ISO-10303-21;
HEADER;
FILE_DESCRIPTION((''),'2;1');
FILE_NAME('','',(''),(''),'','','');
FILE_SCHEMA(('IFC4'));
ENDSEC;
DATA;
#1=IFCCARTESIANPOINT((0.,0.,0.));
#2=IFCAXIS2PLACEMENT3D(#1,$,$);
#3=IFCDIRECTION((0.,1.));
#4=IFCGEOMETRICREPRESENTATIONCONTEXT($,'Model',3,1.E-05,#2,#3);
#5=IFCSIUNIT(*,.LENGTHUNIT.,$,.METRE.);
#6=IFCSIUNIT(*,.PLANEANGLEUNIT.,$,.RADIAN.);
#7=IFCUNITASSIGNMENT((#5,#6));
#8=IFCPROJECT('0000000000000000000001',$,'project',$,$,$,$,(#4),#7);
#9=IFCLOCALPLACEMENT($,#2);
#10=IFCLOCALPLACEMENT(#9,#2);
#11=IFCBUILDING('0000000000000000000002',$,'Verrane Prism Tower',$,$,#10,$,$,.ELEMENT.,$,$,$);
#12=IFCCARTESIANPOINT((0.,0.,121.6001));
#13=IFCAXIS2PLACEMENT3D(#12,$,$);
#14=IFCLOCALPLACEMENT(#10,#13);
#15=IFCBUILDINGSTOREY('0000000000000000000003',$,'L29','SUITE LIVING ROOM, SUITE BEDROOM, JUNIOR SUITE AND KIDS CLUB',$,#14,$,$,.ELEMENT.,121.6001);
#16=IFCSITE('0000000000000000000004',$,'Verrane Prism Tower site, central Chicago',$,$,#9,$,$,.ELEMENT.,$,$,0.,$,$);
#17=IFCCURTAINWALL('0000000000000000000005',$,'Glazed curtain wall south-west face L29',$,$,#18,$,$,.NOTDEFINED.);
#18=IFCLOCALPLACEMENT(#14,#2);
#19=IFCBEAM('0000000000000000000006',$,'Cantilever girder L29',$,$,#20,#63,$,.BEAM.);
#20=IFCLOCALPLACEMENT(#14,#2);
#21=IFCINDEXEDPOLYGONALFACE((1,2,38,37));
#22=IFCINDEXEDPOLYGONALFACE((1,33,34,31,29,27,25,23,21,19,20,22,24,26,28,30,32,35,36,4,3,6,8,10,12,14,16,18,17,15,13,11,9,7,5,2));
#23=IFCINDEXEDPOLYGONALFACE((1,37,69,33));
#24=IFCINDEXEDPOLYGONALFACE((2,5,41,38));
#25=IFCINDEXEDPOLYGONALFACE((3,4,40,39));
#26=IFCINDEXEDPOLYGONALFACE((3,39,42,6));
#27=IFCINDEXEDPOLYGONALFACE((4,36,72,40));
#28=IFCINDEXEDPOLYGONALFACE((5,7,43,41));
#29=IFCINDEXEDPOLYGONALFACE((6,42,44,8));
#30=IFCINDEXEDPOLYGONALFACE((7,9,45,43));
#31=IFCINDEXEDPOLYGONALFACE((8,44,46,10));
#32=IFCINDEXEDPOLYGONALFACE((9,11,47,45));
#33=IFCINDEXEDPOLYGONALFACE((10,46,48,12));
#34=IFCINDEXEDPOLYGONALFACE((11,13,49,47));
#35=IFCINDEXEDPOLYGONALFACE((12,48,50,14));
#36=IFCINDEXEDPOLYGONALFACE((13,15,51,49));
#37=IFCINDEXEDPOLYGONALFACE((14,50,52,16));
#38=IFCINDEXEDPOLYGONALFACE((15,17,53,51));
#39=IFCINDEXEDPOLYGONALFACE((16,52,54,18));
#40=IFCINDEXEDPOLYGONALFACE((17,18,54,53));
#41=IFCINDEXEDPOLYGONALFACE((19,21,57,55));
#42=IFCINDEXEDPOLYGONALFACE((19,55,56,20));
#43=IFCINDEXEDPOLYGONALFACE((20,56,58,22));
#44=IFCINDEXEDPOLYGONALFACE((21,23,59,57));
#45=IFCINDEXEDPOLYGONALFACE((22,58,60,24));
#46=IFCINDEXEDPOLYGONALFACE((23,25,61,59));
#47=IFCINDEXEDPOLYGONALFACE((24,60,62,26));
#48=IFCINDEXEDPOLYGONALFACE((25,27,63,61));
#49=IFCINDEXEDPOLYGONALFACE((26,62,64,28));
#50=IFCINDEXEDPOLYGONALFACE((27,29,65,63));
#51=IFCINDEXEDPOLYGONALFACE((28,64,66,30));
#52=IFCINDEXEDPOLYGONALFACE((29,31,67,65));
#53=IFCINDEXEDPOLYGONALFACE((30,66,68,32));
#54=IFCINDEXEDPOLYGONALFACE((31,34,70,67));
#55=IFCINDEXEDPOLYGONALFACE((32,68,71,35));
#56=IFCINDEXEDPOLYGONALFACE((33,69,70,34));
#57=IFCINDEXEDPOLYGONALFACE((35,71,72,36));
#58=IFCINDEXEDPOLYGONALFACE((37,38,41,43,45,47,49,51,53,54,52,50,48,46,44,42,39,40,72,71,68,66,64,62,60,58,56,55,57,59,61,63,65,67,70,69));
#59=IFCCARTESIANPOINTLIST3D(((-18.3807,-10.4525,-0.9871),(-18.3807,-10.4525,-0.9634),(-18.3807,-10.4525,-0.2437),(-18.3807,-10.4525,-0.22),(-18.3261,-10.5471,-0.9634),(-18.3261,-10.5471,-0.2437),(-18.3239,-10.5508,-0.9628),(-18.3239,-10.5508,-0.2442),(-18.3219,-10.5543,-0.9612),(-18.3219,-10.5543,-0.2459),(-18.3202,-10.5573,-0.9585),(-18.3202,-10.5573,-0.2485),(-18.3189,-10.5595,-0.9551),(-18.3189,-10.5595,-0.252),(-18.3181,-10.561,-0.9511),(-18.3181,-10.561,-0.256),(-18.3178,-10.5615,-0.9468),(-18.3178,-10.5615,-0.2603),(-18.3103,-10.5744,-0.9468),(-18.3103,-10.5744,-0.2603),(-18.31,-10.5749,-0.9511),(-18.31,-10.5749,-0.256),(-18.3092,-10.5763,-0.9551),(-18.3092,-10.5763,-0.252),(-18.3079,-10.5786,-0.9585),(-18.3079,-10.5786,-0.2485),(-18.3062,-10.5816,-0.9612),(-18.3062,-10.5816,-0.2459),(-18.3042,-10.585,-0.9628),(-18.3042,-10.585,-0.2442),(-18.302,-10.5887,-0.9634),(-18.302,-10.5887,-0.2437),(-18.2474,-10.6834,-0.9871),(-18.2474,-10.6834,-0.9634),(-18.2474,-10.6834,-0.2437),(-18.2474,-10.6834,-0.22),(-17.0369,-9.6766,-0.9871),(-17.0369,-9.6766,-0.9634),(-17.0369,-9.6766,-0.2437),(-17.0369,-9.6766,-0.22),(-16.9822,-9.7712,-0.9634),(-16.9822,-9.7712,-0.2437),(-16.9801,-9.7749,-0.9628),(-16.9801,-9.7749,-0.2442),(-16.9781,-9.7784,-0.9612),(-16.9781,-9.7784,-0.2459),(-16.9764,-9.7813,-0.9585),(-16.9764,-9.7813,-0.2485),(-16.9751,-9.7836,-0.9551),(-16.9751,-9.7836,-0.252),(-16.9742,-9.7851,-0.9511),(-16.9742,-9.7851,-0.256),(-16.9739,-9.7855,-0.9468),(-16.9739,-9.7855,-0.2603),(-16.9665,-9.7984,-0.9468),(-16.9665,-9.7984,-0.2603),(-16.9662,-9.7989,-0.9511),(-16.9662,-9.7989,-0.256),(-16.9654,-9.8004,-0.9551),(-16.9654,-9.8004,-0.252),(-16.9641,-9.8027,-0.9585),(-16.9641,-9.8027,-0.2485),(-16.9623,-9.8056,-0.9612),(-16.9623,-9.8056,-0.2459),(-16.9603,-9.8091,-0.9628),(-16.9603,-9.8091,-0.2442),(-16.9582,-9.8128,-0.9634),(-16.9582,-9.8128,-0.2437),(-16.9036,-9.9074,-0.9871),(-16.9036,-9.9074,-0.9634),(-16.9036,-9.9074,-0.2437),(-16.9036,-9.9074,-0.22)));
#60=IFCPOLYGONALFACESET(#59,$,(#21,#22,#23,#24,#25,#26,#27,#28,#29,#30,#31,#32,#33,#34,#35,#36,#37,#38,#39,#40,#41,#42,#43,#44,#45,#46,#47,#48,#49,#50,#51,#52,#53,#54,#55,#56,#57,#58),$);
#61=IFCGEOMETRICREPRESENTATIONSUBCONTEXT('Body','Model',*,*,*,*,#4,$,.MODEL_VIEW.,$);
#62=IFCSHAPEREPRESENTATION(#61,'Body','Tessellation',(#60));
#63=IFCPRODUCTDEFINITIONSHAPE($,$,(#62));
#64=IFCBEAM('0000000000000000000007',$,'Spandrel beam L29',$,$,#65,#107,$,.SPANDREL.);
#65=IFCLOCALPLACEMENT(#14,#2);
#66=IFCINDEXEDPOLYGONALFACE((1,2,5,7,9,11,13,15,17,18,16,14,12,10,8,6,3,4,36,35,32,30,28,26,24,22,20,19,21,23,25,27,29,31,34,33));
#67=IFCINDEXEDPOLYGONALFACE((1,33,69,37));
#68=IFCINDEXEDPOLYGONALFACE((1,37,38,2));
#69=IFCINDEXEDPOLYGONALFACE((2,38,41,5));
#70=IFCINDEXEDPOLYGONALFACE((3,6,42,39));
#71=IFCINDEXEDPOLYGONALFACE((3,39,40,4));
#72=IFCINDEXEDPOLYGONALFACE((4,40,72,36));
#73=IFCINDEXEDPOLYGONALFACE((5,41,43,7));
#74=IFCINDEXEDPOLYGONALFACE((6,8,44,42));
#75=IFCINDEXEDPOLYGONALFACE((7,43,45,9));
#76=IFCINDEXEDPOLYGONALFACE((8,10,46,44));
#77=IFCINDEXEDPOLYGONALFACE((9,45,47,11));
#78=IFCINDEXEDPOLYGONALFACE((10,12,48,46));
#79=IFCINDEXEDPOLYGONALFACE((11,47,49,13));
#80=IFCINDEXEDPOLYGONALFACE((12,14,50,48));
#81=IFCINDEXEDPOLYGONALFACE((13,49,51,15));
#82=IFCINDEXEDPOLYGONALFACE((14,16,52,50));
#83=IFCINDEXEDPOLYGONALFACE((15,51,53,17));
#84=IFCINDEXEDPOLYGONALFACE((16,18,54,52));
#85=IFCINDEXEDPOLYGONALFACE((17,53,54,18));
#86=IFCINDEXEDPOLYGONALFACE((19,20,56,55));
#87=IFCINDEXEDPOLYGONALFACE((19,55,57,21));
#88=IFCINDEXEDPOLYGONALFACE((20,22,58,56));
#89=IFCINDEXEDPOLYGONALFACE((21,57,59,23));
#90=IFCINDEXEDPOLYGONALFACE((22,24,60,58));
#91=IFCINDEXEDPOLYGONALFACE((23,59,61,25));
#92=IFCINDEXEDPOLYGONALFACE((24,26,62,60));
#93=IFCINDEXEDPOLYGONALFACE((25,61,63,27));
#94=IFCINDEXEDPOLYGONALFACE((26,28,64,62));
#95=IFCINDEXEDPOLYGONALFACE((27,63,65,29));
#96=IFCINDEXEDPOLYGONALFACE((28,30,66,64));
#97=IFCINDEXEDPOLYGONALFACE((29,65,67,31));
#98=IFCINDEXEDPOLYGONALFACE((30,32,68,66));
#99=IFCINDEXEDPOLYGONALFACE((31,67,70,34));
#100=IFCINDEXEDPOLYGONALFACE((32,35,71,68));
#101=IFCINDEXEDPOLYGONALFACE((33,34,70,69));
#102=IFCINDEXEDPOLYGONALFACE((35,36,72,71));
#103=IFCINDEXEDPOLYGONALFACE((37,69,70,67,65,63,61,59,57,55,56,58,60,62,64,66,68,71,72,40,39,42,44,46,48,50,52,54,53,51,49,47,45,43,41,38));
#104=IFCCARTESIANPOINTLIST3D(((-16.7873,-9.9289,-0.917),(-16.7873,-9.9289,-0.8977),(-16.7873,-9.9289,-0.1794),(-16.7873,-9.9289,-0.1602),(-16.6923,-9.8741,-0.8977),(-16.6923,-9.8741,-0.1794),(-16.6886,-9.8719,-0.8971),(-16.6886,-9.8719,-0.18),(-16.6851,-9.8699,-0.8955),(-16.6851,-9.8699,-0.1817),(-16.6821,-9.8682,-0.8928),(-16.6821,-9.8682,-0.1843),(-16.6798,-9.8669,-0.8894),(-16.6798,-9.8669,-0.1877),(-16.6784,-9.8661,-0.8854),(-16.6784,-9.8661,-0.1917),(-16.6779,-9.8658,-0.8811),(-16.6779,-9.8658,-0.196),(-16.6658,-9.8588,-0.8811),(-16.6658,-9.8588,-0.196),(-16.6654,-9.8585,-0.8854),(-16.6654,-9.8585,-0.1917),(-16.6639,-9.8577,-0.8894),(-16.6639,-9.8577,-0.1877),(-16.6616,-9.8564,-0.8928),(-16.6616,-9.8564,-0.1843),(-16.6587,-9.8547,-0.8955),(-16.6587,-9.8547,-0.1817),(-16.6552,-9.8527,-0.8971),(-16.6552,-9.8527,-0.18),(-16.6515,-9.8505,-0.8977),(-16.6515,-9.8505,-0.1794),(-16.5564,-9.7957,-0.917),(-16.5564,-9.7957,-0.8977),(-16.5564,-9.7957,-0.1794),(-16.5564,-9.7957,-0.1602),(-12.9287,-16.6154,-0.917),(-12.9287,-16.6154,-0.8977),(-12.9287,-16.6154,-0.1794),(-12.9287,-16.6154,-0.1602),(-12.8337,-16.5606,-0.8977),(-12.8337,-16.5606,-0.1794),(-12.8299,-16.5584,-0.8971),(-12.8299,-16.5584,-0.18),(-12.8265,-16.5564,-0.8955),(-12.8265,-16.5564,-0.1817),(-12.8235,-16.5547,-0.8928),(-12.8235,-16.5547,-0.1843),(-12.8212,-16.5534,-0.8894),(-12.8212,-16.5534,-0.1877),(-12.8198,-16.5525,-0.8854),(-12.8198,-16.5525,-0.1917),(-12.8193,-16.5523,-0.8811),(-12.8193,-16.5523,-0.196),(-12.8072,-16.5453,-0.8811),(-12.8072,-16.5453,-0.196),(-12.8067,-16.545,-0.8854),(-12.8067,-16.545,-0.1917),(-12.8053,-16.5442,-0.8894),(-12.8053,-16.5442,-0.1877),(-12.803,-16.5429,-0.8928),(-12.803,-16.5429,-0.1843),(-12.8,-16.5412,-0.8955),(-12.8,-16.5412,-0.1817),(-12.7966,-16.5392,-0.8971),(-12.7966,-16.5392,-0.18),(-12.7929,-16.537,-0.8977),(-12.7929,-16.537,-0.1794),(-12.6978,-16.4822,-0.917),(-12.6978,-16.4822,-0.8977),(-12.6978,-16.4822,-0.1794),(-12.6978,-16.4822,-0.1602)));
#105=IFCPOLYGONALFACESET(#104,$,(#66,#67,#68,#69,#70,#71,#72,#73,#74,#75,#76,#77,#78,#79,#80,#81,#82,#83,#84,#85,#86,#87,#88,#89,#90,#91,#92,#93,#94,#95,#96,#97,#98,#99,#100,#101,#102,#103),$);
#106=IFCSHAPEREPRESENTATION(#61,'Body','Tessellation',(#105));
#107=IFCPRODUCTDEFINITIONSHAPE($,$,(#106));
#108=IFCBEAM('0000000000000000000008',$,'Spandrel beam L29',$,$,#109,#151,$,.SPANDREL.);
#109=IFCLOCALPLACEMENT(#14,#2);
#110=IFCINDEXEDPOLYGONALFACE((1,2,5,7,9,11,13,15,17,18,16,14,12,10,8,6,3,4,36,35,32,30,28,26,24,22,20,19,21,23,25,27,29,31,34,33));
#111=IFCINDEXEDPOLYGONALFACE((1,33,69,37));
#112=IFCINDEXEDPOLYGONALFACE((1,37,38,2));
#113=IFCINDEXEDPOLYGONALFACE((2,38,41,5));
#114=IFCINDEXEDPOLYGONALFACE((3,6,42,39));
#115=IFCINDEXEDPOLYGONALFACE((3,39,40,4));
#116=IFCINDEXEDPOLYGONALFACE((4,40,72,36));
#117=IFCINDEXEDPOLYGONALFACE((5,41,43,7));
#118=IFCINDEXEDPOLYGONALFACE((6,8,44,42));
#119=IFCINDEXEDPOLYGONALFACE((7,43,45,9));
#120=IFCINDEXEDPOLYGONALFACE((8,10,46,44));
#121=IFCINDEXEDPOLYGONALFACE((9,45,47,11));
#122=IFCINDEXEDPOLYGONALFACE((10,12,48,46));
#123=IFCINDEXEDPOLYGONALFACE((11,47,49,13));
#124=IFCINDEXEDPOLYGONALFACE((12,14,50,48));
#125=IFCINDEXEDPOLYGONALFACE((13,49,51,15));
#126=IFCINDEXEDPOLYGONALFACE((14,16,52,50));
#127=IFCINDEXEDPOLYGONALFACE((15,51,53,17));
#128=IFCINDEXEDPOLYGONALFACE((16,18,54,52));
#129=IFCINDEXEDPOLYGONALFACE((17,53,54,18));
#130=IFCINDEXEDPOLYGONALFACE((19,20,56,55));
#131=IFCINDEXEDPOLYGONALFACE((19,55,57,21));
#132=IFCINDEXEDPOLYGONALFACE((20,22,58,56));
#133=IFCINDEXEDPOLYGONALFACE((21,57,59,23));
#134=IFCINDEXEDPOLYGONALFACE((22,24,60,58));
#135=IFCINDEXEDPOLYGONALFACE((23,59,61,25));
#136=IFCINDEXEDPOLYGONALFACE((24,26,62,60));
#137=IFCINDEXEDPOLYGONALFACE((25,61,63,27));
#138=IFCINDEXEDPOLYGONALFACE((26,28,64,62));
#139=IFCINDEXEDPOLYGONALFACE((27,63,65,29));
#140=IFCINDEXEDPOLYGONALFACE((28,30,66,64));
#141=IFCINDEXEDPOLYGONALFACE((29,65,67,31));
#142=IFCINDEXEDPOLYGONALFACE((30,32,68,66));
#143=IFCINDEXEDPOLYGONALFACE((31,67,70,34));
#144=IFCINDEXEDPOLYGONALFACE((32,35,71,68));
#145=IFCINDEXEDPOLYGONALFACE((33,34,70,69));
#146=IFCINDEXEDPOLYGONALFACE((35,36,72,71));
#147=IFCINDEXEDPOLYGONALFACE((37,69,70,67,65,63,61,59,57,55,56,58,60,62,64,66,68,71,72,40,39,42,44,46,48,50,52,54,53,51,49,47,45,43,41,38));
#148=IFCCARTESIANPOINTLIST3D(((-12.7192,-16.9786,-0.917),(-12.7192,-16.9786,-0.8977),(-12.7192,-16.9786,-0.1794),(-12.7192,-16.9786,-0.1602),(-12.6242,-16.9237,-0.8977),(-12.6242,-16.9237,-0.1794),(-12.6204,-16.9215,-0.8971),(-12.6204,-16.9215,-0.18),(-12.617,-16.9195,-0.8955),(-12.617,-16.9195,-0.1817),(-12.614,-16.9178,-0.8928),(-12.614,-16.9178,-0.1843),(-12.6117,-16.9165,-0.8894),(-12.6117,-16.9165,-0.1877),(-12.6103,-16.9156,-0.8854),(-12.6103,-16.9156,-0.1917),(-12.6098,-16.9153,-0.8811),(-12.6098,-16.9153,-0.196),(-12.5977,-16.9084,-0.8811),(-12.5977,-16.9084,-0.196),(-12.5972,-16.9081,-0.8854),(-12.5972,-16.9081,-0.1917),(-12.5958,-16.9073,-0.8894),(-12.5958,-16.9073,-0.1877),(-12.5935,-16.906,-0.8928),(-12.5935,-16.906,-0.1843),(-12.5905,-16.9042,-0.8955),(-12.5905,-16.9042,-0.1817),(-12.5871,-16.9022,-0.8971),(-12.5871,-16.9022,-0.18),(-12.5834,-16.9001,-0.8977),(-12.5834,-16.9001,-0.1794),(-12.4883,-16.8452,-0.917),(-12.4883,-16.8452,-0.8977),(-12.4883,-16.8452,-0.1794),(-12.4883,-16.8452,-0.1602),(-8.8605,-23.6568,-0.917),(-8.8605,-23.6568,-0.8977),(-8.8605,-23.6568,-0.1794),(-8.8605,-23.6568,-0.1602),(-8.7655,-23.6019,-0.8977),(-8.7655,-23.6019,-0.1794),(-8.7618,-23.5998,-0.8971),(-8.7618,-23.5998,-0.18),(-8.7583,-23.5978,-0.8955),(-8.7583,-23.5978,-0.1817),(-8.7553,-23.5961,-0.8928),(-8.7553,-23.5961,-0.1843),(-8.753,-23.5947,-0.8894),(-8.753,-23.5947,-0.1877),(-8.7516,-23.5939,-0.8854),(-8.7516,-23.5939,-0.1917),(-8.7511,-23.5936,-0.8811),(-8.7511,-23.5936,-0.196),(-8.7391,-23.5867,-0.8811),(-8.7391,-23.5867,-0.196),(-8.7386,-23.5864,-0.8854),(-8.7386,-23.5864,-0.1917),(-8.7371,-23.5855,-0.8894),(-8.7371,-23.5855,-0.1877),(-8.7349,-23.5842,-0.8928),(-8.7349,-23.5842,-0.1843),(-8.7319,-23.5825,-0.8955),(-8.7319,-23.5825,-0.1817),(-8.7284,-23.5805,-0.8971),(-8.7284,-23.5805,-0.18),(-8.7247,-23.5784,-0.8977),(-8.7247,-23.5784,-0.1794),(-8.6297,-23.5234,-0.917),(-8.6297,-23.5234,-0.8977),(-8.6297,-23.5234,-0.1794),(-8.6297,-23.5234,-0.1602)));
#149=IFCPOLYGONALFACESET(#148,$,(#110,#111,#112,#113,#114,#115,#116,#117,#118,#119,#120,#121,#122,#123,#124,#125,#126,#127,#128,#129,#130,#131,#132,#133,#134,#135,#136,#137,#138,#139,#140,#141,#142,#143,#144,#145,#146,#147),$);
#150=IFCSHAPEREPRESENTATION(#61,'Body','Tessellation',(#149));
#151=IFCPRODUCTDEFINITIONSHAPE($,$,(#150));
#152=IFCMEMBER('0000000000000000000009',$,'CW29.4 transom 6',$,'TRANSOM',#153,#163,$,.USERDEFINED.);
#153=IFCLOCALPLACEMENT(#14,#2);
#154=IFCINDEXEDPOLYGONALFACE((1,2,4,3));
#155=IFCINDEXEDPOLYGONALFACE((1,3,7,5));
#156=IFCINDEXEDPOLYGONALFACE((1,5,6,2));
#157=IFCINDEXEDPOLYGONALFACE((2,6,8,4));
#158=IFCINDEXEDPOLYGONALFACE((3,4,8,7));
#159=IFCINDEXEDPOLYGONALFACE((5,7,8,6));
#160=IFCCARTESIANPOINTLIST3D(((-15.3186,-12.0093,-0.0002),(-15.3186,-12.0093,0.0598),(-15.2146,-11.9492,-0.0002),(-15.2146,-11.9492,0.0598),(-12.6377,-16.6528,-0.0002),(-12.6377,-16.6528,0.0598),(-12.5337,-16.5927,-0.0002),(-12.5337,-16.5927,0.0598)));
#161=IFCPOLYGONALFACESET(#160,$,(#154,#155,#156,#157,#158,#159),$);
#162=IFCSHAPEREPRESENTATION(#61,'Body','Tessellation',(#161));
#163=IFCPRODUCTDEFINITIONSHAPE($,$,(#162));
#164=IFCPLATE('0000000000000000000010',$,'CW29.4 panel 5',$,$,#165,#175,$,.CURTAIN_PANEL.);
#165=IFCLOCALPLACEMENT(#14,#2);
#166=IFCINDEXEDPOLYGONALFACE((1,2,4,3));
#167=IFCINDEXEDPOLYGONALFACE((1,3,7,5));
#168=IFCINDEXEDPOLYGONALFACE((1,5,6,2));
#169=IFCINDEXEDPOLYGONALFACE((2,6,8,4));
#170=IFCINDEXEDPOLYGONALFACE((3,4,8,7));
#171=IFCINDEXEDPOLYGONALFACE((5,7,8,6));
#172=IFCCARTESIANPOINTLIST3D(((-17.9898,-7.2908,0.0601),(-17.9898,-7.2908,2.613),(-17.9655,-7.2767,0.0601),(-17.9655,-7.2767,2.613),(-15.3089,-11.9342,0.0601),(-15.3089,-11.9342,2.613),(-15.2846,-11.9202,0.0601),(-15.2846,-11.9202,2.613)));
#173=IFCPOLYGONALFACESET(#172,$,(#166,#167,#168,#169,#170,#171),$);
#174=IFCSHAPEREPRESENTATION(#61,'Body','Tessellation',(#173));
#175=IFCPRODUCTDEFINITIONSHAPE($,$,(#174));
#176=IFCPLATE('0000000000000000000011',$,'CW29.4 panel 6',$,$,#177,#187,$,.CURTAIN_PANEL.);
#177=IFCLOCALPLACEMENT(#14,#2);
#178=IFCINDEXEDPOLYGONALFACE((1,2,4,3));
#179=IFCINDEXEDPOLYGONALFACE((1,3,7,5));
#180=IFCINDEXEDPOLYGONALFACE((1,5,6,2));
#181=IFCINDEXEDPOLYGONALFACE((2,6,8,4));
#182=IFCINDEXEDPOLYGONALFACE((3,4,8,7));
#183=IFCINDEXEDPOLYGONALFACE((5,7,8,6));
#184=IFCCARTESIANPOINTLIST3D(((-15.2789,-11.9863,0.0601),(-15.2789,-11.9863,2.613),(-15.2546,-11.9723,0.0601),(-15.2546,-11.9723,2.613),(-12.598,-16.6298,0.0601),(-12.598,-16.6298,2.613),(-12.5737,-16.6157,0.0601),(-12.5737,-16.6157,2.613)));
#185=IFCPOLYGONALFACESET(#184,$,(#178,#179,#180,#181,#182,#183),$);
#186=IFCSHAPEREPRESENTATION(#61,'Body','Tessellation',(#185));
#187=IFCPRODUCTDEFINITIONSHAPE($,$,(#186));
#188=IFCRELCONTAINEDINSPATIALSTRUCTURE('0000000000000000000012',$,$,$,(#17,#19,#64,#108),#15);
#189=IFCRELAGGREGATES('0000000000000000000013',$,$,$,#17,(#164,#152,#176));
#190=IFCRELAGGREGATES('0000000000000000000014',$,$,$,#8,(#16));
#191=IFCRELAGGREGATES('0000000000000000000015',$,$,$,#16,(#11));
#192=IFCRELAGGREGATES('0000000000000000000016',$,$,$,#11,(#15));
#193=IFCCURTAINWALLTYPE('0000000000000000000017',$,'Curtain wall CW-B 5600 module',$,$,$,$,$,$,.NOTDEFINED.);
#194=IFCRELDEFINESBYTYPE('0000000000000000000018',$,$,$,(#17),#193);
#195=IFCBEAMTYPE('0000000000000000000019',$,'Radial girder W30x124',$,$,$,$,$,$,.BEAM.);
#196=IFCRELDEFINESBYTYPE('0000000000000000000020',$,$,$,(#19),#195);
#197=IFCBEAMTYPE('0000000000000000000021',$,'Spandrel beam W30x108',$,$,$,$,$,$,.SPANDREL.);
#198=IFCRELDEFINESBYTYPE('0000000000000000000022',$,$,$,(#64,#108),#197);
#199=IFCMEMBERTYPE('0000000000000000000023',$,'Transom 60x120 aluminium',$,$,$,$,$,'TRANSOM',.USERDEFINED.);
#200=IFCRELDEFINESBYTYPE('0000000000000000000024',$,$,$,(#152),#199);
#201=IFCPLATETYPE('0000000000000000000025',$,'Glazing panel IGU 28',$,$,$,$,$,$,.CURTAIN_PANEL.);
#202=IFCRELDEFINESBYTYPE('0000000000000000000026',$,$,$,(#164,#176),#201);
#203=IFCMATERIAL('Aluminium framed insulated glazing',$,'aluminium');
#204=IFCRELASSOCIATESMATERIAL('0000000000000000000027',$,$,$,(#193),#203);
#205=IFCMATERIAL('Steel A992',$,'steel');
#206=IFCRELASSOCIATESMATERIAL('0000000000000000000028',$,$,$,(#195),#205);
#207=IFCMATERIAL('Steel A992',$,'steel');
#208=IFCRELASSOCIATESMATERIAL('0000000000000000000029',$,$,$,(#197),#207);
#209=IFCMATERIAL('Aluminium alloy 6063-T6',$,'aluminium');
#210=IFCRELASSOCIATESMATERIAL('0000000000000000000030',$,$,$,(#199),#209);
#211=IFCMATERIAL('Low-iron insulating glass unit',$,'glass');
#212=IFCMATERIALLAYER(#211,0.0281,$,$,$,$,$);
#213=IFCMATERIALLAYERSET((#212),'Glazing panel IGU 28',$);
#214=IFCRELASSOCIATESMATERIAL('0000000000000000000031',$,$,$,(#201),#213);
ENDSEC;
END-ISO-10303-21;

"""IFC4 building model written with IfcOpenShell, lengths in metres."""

from ifc_helpers import new_model, si_unit, direction, frame, origin, origin_2d, place, context, subcontext, project, spatial, rectangle, i_section, extrude, material, layer, layer_set, material_profile, profile_set, type_object, element, aggregate, save


model = new_model("IFC4")

# Units and contexts
model_context = context("Model", 3, precision=1e-05, world=origin(), true_north=direction((0.0, 1.0)))
body_context = subcontext(model_context, "Body", "Model", "MODEL_VIEW")
ifc_project = project(units=[si_unit("LENGTHUNIT", "METRE"), si_unit("PLANEANGLEUNIT", "RADIAN")], contexts=[model_context])

# Site, building, storey
site_placement = place(None, origin())
site = spatial("IfcSite", under=ifc_project, at=site_placement, Name="Verrane Prism Tower site, central Chicago", CompositionType="ELEMENT", RefElevation=0.0)
building_placement = place(site_placement, origin())
building = spatial("IfcBuilding", under=site, at=building_placement, Name="Verrane Prism Tower", CompositionType="ELEMENT")
storey_placement = place(building_placement, frame((0.0, 0.0, 121.6001)))
storey = spatial("IfcBuildingStorey", under=building, at=storey_placement, Name="L29", Description="SUITE LIVING ROOM, SUITE BEDROOM, JUNIOR SUITE AND KIDS CLUB", CompositionType="ELEMENT", Elevation=121.6001)

# Curtain wall
ifc_material_1 = material(Name="Aluminium framed insulated glazing", Category="aluminium")
curtain_wall_type = type_object("IfcCurtainWallType", Name="Curtain wall CW-B 5600 module", PredefinedType="NOTDEFINED", material=ifc_material_1)
curtain_wall_placement = place(storey_placement, origin())
curtain_wall = element("IfcCurtainWall", 1, at=curtain_wall_placement, inside=storey, type_object=curtain_wall_type, Name="Glazed curtain wall south-west face L29", PredefinedType="NOTDEFINED")

# Beams
ifc_material_2 = material(Name="Steel A992", Category="steel")
ifc_material_profile_1 = material_profile(ifc_material_2, i_section(OverallWidth=0.2666, OverallDepth=0.7671, WebThickness=0.0149, FlangeThickness=0.0237, FilletRadius=0.0166, at=origin_2d()), Name="W30x124")
ifc_profile_set_1 = profile_set([ifc_material_profile_1], Name="Steel A992")
beam_type_1 = type_object("IfcBeamType", Name="Radial girder W30x124", PredefinedType="BEAM", material=ifc_profile_set_1)
beam_1_placement = place(storey_placement, frame((-16.9702, -9.792, -0.6035), z_axis=(-0.866007, -0.500031, 0.0), x_axis=(0.500031, -0.866007, 0.0)))
element("IfcBeam", 2, at=beam_1_placement, inside=storey, type_object=beam_type_1, Name="Cantilever girder L29", PredefinedType="BEAM", context=body_context, shape_type="SweptSolid", body=[
    extrude(i_section(OverallWidth=0.2666, OverallDepth=0.7671, WebThickness=0.0149, FlangeThickness=0.0237, FilletRadius=0.0166, at=origin_2d()), origin(), (0.0, 0.0, 1.0), 1.5518),
])
ifc_material_3 = material(Name="Steel A992", Category="steel")
ifc_material_profile_2 = material_profile(ifc_material_3, i_section(OverallWidth=0.2666, OverallDepth=0.7568, WebThickness=0.0139, FlangeThickness=0.0193, FilletRadius=0.0166, at=origin_2d()), Name="W30x108")
ifc_profile_set_2 = profile_set([ifc_material_profile_2], Name="Steel A992")
beam_type_2 = type_object("IfcBeamType", Name="Spandrel beam W30x108", PredefinedType="SPANDREL", material=ifc_profile_set_2)
beam_2_placement = place(storey_placement, frame((-16.6719, -9.8623, -0.5386), z_axis=(0.499823, -0.866128, 0.0), x_axis=(0.866128, 0.499823, 0.0)))
element("IfcBeam", 3, at=beam_2_placement, inside=storey, type_object=beam_type_2, Name="Spandrel beam L29", PredefinedType="SPANDREL", context=body_context, shape_type="SweptSolid", body=[
    extrude(i_section(OverallWidth=0.2666, OverallDepth=0.7568, WebThickness=0.0139, FlangeThickness=0.0193, FilletRadius=0.0166, at=origin_2d()), origin(), (0.0, 0.0, 1.0), 7.72),
])
beam_3_placement = place(storey_placement, frame((-12.6038, -16.9119, -0.5386), z_axis=(0.500289, -0.865859, 0.0), x_axis=(0.865859, 0.500289, 0.0)))
element("IfcBeam", 4, at=beam_3_placement, inside=storey, type_object=beam_type_2, Name="Spandrel beam L29", PredefinedType="SPANDREL", context=body_context, shape_type="SweptSolid", body=[
    extrude(i_section(OverallWidth=0.2666, OverallDepth=0.7568, WebThickness=0.0139, FlangeThickness=0.0193, FilletRadius=0.0166, at=origin_2d()), origin(), (0.0, 0.0, 1.0), 7.7129),
])

# Member
ifc_material_4 = material(Name="Aluminium alloy 6063-T6", Category="aluminium")
ifc_material_profile_3 = material_profile(ifc_material_4, rectangle(XDim=0.1201, YDim=0.0601, at=origin_2d()), Name="Transom 60x120 aluminium")
ifc_profile_set_3 = profile_set([ifc_material_profile_3], Name="Aluminium alloy 6063-T6")
member_type_1 = type_object("IfcMemberType", Name="Transom 60x120 aluminium", ElementType="TRANSOM", PredefinedType="USERDEFINED", material=ifc_profile_set_3)
member_1_placement = place(storey_placement, frame((-15.2666, -11.9792, 0.0298), z_axis=(0.499993, -0.866029, 0.0), x_axis=(0.866029, 0.499993, 0.0)))
member_1 = element("IfcMember", 5, at=member_1_placement, type_object=member_type_1, Name="CW29.4 transom 6", ObjectType="TRANSOM", PredefinedType="USERDEFINED", context=body_context, shape_type="SweptSolid", body=[
    extrude(rectangle(XDim=0.1201, YDim=0.0601, at=origin_2d()), origin(), (0.0, 0.0, 1.0), 5.3618),
])

# Plates
ifc_material_5 = material(Name="Low-iron insulating glass unit", Category="glass")
ifc_layer_1 = layer(ifc_material_5, 0.0281)
ifc_layer_set_1 = layer_set([ifc_layer_1], Name="Glazing panel IGU 28")
plate_type = type_object("IfcPlateType", Name="Glazing panel IGU 28", PredefinedType="CURTAIN_PANEL", material=ifc_layer_set_1)
plate_1_placement = place(storey_placement, frame((-16.6372, -9.6055, 0.0601), z_axis=(0.0, 0.0, 1.0), x_axis=(0.5, -0.866025, 0.0)))
plate_1 = element("IfcPlate", 6, at=plate_1_placement, type_object=plate_type, Name="CW29.4 panel 5", PredefinedType="CURTAIN_PANEL", context=body_context, shape_type="SweptSolid", body=[
    extrude(rectangle(XDim=5.3618, YDim=0.0281, at=origin_2d()), origin(), (0.0, 0.0, 1.0), 2.553),
])
plate_2_placement = place(storey_placement, frame((-13.9263, -14.301, 0.0601), z_axis=(0.0, 0.0, 1.0), x_axis=(0.5, -0.866025, 0.0)))
plate_2 = element("IfcPlate", 7, at=plate_2_placement, type_object=plate_type, Name="CW29.4 panel 6", PredefinedType="CURTAIN_PANEL", context=body_context, shape_type="SweptSolid", body=[
    extrude(rectangle(XDim=5.3618, YDim=0.0281, at=origin_2d()), origin(), (0.0, 0.0, 1.0), 2.553),
])
aggregate(curtain_wall, [plate_1, member_1, plate_2])

save(model, "model.ifc")
